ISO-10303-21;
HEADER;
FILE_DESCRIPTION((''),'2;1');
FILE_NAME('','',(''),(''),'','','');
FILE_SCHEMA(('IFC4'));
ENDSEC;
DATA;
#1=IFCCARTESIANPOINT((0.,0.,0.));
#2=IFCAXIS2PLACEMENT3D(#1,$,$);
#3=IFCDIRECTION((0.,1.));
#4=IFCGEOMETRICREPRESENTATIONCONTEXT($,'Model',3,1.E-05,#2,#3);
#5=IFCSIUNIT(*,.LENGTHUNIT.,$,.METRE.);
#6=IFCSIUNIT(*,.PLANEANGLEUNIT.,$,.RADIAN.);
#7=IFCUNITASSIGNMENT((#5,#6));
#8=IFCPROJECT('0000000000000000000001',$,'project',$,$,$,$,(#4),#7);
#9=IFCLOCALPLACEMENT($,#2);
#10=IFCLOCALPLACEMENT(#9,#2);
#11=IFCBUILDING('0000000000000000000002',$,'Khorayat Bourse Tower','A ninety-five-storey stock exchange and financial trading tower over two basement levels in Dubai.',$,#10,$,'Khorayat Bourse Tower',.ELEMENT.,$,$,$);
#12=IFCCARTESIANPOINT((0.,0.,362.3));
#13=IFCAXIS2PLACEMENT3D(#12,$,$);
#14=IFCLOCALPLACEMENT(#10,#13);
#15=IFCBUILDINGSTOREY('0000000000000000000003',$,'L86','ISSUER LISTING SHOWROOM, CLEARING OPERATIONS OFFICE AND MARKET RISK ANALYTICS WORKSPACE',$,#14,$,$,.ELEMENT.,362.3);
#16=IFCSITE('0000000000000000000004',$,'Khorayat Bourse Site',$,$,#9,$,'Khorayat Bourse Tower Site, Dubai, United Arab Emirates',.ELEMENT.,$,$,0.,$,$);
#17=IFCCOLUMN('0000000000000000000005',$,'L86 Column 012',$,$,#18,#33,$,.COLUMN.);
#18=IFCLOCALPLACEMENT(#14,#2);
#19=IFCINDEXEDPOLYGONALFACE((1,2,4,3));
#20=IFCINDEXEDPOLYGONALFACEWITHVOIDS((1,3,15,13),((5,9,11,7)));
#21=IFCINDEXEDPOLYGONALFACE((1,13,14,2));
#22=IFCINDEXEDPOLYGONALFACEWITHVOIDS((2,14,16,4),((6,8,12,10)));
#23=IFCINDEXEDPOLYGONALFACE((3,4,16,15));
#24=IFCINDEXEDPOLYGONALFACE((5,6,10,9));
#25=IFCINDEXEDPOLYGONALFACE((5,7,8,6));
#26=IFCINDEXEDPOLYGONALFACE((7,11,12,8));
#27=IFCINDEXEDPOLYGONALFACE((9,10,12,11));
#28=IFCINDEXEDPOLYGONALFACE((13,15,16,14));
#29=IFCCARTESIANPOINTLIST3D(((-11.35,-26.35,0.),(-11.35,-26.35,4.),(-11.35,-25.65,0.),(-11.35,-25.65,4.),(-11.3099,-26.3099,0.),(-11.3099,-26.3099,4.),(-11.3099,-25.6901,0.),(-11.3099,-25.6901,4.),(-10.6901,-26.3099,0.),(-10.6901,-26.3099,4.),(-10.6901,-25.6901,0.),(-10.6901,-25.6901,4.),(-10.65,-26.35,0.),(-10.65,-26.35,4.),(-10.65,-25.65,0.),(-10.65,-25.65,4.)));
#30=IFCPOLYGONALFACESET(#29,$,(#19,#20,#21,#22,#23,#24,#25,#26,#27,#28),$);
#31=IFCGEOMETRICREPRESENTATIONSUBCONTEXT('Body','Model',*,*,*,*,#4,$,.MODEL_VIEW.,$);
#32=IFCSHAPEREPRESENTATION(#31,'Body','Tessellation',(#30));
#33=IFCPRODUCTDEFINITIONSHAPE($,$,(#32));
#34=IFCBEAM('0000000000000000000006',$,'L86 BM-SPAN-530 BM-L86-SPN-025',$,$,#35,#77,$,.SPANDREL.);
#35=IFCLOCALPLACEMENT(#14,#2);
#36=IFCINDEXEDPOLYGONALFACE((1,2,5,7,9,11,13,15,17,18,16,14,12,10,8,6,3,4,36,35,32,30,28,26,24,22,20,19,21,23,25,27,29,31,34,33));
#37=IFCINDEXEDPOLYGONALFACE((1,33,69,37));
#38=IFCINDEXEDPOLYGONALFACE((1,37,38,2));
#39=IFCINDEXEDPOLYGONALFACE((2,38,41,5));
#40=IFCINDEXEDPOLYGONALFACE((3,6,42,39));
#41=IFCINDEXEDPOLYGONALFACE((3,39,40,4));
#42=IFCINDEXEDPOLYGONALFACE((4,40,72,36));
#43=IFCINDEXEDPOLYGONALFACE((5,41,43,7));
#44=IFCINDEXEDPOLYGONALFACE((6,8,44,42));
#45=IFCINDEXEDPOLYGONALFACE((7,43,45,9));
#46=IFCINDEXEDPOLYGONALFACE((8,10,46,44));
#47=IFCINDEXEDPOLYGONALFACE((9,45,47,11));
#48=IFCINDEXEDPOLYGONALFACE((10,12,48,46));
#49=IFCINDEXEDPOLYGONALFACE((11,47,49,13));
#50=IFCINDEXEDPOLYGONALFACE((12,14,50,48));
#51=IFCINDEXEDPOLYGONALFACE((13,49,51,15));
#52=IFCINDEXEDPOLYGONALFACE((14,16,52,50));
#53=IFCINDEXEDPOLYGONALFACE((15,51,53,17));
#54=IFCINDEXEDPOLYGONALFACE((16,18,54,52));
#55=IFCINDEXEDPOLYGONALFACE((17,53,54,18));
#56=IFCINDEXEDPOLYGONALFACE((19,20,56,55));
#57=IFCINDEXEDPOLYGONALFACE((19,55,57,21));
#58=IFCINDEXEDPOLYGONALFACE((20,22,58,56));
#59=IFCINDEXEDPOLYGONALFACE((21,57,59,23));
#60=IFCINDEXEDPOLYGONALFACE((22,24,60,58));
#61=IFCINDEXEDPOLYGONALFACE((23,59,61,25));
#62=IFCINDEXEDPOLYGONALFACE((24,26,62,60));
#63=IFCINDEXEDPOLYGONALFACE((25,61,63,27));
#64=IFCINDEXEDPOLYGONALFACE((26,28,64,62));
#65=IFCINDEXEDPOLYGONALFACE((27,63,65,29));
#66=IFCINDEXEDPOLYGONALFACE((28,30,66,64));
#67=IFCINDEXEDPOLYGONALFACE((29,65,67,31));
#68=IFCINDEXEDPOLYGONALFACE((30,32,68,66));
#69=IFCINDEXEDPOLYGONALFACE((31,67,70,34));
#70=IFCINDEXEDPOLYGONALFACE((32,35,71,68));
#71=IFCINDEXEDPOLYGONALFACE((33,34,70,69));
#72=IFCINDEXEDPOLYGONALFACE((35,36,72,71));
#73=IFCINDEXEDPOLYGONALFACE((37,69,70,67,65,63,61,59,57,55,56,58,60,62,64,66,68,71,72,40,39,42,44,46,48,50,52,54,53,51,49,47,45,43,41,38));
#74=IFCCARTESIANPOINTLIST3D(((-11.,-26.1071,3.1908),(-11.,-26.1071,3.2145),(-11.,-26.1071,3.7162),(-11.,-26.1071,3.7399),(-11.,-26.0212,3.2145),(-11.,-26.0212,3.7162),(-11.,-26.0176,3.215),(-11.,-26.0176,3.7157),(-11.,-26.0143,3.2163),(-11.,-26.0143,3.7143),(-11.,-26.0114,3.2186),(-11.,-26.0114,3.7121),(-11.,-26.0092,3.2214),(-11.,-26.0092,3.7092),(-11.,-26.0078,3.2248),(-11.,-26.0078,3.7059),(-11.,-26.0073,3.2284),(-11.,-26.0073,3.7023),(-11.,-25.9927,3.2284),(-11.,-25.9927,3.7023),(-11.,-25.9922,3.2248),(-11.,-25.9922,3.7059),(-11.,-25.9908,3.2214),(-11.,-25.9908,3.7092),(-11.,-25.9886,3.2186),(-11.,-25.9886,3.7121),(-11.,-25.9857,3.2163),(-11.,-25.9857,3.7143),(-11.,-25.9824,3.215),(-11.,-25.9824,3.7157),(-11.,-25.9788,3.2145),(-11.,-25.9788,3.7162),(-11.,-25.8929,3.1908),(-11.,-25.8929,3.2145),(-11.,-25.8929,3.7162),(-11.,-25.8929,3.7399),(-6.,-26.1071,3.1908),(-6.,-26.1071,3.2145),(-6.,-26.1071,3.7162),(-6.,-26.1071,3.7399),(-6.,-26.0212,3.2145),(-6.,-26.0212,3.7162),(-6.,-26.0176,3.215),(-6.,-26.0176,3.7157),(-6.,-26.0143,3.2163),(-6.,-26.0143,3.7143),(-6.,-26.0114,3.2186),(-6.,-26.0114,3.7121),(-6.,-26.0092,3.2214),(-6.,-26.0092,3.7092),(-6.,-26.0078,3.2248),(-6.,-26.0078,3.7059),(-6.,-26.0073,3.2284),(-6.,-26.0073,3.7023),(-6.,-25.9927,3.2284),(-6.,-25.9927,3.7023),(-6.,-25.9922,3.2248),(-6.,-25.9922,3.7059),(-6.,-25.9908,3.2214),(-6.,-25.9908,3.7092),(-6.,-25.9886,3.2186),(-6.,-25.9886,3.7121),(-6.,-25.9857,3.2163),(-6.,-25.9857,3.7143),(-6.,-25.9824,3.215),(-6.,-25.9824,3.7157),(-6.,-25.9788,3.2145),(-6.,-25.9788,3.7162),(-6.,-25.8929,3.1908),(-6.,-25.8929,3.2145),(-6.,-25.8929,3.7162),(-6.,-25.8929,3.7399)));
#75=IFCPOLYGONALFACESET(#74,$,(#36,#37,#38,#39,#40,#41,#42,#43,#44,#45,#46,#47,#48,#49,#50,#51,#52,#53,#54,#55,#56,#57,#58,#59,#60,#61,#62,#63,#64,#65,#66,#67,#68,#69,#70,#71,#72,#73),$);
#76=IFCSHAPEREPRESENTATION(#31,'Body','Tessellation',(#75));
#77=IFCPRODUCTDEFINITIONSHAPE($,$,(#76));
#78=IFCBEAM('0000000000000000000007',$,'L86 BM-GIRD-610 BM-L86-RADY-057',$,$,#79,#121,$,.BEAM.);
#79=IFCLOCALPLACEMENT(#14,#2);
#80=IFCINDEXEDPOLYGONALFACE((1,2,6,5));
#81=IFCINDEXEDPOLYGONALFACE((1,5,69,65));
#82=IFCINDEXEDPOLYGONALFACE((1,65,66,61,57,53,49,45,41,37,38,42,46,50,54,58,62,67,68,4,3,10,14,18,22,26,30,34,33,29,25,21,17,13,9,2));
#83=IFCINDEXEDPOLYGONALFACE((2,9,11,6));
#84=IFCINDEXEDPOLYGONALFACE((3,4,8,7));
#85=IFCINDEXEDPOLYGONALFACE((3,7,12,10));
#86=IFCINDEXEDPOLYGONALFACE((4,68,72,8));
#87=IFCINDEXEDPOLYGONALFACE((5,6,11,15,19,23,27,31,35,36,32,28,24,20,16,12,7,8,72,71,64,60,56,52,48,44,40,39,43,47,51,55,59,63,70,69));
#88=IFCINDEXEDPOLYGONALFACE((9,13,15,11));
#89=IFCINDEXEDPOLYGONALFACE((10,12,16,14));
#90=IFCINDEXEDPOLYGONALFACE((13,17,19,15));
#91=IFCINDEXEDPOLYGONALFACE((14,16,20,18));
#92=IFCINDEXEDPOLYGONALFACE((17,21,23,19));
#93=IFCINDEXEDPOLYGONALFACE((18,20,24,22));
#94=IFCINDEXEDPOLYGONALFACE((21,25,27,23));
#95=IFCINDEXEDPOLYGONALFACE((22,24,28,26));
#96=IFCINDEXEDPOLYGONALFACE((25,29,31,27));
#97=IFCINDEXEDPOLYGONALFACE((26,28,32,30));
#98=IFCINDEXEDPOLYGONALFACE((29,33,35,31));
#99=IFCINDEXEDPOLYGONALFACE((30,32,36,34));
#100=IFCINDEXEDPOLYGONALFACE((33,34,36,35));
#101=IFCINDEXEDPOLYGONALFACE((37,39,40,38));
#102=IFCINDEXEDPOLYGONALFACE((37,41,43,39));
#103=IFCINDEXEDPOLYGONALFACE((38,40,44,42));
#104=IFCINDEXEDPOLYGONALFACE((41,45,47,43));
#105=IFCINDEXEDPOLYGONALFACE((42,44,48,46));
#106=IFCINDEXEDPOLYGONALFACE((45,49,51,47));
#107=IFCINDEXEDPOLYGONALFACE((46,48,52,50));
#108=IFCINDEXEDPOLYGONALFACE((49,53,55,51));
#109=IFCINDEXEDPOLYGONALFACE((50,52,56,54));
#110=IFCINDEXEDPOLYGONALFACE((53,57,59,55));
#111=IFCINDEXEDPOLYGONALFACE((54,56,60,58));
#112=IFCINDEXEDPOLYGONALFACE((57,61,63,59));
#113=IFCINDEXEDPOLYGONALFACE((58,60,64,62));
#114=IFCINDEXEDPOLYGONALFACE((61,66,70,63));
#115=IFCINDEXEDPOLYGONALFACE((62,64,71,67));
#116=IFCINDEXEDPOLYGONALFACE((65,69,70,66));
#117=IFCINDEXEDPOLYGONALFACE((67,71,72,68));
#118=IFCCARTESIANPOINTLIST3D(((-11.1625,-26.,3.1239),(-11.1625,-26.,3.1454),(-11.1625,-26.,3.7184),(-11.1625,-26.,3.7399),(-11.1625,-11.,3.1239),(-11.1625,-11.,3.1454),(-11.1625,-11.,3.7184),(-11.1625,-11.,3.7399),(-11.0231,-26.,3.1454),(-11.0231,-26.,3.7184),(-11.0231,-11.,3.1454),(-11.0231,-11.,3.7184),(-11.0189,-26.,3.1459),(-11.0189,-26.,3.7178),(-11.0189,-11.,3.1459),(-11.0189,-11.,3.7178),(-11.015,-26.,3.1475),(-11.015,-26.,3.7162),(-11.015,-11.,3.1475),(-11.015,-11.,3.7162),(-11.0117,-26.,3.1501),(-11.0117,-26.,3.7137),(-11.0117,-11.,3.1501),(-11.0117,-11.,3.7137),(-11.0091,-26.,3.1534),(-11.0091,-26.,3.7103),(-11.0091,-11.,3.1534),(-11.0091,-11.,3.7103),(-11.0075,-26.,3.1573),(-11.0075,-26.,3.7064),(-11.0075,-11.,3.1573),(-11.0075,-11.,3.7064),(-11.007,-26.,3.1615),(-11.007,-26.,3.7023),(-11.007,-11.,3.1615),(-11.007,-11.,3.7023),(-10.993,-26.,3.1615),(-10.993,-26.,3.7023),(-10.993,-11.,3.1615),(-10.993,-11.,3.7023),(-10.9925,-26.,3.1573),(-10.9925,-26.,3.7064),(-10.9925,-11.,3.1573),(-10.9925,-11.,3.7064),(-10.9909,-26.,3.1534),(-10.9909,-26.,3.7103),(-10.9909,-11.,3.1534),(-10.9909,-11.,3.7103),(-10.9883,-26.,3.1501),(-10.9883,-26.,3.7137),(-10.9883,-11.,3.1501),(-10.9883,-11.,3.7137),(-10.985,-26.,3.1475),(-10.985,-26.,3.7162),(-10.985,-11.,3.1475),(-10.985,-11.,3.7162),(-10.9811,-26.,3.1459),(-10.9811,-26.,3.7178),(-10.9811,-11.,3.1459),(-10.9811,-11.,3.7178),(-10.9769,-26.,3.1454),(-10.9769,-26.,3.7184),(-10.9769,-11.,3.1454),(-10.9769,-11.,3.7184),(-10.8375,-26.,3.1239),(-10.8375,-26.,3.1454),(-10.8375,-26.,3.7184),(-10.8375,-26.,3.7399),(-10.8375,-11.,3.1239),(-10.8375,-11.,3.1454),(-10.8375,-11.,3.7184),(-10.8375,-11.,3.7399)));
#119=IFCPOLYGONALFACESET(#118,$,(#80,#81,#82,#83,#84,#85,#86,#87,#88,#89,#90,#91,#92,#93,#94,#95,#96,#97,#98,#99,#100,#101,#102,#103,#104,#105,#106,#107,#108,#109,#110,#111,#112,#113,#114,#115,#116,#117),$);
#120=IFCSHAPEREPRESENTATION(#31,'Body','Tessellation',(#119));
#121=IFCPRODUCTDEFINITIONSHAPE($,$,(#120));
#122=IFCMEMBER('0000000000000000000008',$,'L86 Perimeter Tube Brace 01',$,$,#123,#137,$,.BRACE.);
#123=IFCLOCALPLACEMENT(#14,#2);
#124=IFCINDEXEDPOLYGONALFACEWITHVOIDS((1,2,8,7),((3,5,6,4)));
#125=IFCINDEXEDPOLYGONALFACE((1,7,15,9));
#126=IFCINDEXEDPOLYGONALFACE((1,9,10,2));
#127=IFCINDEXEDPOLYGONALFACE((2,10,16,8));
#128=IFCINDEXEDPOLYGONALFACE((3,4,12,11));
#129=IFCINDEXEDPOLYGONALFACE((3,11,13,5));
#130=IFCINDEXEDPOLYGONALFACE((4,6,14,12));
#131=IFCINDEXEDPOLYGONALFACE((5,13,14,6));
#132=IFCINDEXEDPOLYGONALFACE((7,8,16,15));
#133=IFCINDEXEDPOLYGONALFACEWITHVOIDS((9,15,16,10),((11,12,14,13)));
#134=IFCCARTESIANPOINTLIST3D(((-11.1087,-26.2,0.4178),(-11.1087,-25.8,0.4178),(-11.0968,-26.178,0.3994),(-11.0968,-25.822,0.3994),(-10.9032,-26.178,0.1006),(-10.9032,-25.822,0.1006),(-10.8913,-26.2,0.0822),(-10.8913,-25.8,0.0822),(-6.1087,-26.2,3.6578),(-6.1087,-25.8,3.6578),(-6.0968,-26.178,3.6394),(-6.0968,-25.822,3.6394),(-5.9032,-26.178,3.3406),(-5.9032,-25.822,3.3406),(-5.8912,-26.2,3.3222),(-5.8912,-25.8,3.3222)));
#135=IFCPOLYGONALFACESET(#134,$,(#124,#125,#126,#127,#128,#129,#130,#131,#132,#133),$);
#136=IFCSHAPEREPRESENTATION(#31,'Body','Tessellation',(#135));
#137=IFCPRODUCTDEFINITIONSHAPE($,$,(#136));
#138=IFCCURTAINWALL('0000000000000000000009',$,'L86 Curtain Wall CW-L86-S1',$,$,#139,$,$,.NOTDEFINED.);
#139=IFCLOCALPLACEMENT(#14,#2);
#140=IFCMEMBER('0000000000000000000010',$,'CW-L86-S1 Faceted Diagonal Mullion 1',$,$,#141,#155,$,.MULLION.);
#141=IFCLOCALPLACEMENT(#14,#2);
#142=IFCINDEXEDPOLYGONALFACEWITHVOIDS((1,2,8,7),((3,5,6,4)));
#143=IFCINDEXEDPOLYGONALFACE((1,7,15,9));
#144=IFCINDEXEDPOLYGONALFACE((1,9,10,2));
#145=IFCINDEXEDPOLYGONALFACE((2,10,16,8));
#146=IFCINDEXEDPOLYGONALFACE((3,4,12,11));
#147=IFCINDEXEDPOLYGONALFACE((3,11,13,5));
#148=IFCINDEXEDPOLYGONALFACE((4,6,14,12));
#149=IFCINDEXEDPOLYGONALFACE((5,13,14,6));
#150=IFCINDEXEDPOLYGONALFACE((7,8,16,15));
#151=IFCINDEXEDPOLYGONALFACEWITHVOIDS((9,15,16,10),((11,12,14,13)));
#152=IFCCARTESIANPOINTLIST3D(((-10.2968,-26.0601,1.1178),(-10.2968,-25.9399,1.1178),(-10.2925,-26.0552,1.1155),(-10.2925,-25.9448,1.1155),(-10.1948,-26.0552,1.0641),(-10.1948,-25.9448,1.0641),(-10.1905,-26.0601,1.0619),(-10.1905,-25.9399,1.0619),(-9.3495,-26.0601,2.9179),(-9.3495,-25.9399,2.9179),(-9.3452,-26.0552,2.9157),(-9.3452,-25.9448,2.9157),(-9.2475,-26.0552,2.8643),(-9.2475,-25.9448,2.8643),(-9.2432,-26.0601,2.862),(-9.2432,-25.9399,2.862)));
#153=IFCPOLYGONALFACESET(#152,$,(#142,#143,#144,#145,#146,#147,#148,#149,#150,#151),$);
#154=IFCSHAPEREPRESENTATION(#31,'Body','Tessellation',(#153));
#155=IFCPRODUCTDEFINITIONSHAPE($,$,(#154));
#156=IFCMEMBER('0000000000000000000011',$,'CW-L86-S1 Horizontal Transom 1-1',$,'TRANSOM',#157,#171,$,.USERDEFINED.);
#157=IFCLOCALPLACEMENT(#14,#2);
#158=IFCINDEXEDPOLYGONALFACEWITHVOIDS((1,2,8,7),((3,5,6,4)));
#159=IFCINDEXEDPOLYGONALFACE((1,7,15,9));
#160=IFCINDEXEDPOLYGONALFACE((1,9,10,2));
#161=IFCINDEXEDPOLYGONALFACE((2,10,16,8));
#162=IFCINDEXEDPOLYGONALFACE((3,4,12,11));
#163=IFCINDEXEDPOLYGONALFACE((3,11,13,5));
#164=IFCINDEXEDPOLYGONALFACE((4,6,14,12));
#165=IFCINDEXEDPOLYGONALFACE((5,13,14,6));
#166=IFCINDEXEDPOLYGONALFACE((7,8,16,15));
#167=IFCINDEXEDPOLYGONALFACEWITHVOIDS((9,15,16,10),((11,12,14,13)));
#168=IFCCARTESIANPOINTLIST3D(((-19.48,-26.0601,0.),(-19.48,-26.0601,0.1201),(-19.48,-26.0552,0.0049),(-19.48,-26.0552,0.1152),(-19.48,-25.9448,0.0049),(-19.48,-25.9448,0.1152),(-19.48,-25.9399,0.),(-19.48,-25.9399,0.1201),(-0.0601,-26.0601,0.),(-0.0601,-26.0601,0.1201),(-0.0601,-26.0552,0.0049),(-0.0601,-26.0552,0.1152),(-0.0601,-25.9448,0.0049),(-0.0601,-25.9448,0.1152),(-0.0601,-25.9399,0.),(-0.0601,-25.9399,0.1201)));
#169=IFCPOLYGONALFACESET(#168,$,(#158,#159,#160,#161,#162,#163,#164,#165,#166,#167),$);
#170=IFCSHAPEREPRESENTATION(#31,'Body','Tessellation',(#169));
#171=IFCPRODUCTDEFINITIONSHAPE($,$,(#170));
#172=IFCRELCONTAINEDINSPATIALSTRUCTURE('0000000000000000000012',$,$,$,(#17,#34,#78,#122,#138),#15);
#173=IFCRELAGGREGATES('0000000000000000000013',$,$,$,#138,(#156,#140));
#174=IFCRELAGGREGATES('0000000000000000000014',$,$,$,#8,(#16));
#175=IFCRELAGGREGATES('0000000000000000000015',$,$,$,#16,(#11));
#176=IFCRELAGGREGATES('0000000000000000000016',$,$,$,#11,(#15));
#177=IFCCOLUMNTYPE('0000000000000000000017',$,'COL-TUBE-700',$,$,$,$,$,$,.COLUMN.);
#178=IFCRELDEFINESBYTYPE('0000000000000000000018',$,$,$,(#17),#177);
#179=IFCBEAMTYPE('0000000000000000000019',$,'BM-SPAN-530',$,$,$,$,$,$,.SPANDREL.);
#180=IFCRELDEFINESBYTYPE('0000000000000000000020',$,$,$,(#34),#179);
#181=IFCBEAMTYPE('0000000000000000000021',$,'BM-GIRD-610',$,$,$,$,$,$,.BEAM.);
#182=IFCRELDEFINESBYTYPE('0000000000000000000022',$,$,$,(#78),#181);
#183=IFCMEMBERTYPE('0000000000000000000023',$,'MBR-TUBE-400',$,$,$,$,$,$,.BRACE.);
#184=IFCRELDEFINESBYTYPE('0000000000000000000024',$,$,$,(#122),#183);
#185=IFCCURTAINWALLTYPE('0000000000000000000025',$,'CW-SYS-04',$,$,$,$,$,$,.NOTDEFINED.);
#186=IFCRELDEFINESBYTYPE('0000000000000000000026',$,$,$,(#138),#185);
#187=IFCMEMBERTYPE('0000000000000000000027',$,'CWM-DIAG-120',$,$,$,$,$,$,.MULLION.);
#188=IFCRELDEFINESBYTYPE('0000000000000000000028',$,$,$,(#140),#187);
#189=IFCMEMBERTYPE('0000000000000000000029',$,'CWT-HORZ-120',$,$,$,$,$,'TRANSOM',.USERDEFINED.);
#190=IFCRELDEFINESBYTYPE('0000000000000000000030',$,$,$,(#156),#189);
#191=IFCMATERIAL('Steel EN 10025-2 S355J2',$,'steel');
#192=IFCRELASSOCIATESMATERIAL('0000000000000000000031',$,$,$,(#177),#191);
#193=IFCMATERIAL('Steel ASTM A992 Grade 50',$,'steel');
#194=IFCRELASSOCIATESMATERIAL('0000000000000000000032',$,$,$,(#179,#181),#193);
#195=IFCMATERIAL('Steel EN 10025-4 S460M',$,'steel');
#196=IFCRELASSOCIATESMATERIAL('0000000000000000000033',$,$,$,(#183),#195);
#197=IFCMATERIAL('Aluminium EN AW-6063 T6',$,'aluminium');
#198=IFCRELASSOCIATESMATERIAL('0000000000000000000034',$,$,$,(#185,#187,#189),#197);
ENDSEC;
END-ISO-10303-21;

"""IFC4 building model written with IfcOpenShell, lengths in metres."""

from ifc_helpers import new_model, si_unit, direction, frame, origin, origin_2d, place, context, subcontext, project, spatial, hollow_rectangle, i_section, extrude, source, transform, mapped, material, material_profile, profile_set, type_object, element, aggregate, save


model = new_model("IFC4")

# Units and contexts
model_context = context("Model", 3, precision=1e-05, world=origin(), true_north=direction((0.0, 1.0)))
body_context = subcontext(model_context, "Body", "Model", "MODEL_VIEW")
ifc_project = project(units=[si_unit("LENGTHUNIT", "METRE"), si_unit("PLANEANGLEUNIT", "RADIAN")], contexts=[model_context])

# Site, building, storey
site_placement = place(None, origin())
site = spatial("IfcSite", under=ifc_project, at=site_placement, Name="Khorayat Bourse Site", LongName="Khorayat Bourse Tower Site, Dubai, United Arab Emirates", CompositionType="ELEMENT", RefElevation=0.0)
building_placement = place(site_placement, origin())
building = spatial("IfcBuilding", under=site, at=building_placement, Name="Khorayat Bourse Tower", Description="A ninety-five-storey stock exchange and financial trading tower over two basement levels in Dubai.", LongName="Khorayat Bourse Tower", CompositionType="ELEMENT")
storey_placement = place(building_placement, frame((0.0, 0.0, 362.3)))
storey = spatial("IfcBuildingStorey", under=building, at=storey_placement, Name="L86", Description="ISSUER LISTING SHOWROOM, CLEARING OPERATIONS OFFICE AND MARKET RISK ANALYTICS WORKSPACE", CompositionType="ELEMENT", Elevation=362.3)

# Column
ifc_material_1 = material(Name="Steel EN 10025-2 S355J2", Category="steel")
ifc_material_profile_1 = material_profile(ifc_material_1, hollow_rectangle(XDim=0.7, YDim=0.7, WallThickness=0.04, at=origin_2d()), Name="BOX 700x700x40")
ifc_profile_set_1 = profile_set([ifc_material_profile_1], Name="Steel EN 10025-2 S355J2")
column_type = type_object("IfcColumnType", Name="COL-TUBE-700", PredefinedType="COLUMN", material=ifc_profile_set_1)
shared_shape_1 = source(origin(), body_context, "Body", "SweptSolid", [
    extrude(hollow_rectangle(XDim=0.7, YDim=0.7, WallThickness=0.04, at=origin_2d()), origin(), (0.0, 0.0, 1.0), 4.0),
])
column_placement = place(storey_placement, frame((-11.0, -26.0, 0.0), z_axis=(0.0, 0.0, 1.0), x_axis=(1.0, 0.0, 0.0)))
element("IfcColumn", 1, at=column_placement, inside=storey, type_object=column_type, Name="L86 Column 012", PredefinedType="COLUMN", context=body_context, shape_type="MappedRepresentation", body=[
    mapped(shared_shape_1, transform((0.0, 0.0, 0.0), scale=1.0)),
])

# Beams
ifc_material_2 = material(Name="Steel ASTM A992 Grade 50", Category="steel")
ifc_material_profile_2 = material_profile(ifc_material_2, i_section(OverallWidth=0.2141, OverallDepth=0.5491, WebThickness=0.0146, FlangeThickness=0.0237, FilletRadius=0.0139, at=origin_2d()), Name="W530X138")
ifc_profile_set_2 = profile_set([ifc_material_profile_2], Name="Steel ASTM A992 Grade 50")
beam_type_1 = type_object("IfcBeamType", Name="BM-SPAN-530", PredefinedType="SPANDREL", material=ifc_profile_set_2)
shared_shape_2 = source(origin(), body_context, "Body", "SweptSolid", [
    extrude(i_section(OverallWidth=0.2141, OverallDepth=0.5491, WebThickness=0.0146, FlangeThickness=0.0237, FilletRadius=0.0139, at=origin_2d()), origin(), (0.0, 0.0, 1.0), 5.0),
])
beam_1_placement = place(storey_placement, frame((-11.0, -26.0, 3.4653), z_axis=(1.0, 0.0, 0.0), x_axis=(0.0, 1.0, 0.0)))
element("IfcBeam", 2, at=beam_1_placement, inside=storey, type_object=beam_type_1, Name="L86 BM-SPAN-530 BM-L86-SPN-025", PredefinedType="SPANDREL", context=body_context, shape_type="MappedRepresentation", body=[
    mapped(shared_shape_2, transform((0.0, 0.0, 0.0), scale=1.0)),
])
ifc_material_profile_3 = material_profile(ifc_material_2, i_section(OverallWidth=0.325, OverallDepth=0.616, WebThickness=0.0139, FlangeThickness=0.0215, FilletRadius=0.0161, at=origin_2d()), Name="W610X174")
ifc_profile_set_3 = profile_set([ifc_material_profile_3], Name="Steel ASTM A992 Grade 50")
beam_type_2 = type_object("IfcBeamType", Name="BM-GIRD-610", PredefinedType="BEAM", material=ifc_profile_set_3)
shared_shape_3 = source(origin(), body_context, "Body", "SweptSolid", [
    extrude(i_section(OverallWidth=0.325, OverallDepth=0.616, WebThickness=0.0139, FlangeThickness=0.0215, FilletRadius=0.0161, at=origin_2d()), origin(), (0.0, 0.0, 1.0), 15.0),
])
beam_2_placement = place(storey_placement, frame((-11.0, -26.0, 3.4319), z_axis=(0.0, 1.0, 0.0), x_axis=(-1.0, 0.0, 0.0)))
element("IfcBeam", 3, at=beam_2_placement, inside=storey, type_object=beam_type_2, Name="L86 BM-GIRD-610 BM-L86-RADY-057", PredefinedType="BEAM", context=body_context, shape_type="MappedRepresentation", body=[
    mapped(shared_shape_3, transform((0.0, 0.0, 0.0), scale=1.0)),
])

# Member
ifc_material_3 = material(Name="Steel EN 10025-4 S460M", Category="steel")
ifc_material_profile_4 = material_profile(ifc_material_3, hollow_rectangle(XDim=0.3999, YDim=0.3999, WallThickness=0.022, at=origin_2d()), Name="HSS 400x400x22")
ifc_profile_set_4 = profile_set([ifc_material_profile_4], Name="Steel EN 10025-4 S460M")
member_type_1 = type_object("IfcMemberType", Name="MBR-TUBE-400", PredefinedType="BRACE", material=ifc_profile_set_4)
shared_shape_4 = source(origin(), body_context, "Body", "SweptSolid", [
    extrude(hollow_rectangle(XDim=0.3999, YDim=0.3999, WallThickness=0.022, at=origin_2d()), origin(), (0.0, 0.0, 1.0), 5.958),
])
member_1_placement = place(storey_placement, frame((-11.0, -26.0, 0.25), z_axis=(0.83921, 0.0, 0.543807), x_axis=(0.0, 1.0, 0.0)))
element("IfcMember", 4, at=member_1_placement, inside=storey, type_object=member_type_1, Name="L86 Perimeter Tube Brace 01", PredefinedType="BRACE", context=body_context, shape_type="MappedRepresentation", body=[
    mapped(shared_shape_4, transform((0.0, 0.0, 0.0), scale=1.0)),
])

# Curtain wall, members
ifc_material_4 = material(Name="Aluminium EN AW-6063 T6", Category="aluminium")
curtain_wall_type = type_object("IfcCurtainWallType", Name="CW-SYS-04", PredefinedType="NOTDEFINED", material=ifc_material_4)
curtain_wall_placement = place(storey_placement, origin())
curtain_wall = element("IfcCurtainWall", 5, at=curtain_wall_placement, inside=storey, type_object=curtain_wall_type, Name="L86 Curtain Wall CW-L86-S1", PredefinedType="NOTDEFINED")
ifc_material_profile_5 = material_profile(ifc_material_4, hollow_rectangle(XDim=0.1201, YDim=0.1201, WallThickness=0.0049, at=origin_2d()), Name="ALU 120x120x5")
ifc_profile_set_5 = profile_set([ifc_material_profile_5], Name="Aluminium EN AW-6063 T6")
member_type_2 = type_object("IfcMemberType", Name="CWM-DIAG-120", PredefinedType="MULLION", material=ifc_profile_set_5)
shared_shape_5 = source(origin(), body_context, "Body", "SweptSolid", [
    extrude(hollow_rectangle(XDim=0.1201, YDim=0.1201, WallThickness=0.0049, at=origin_2d()), origin(), (0.0, 0.0, 1.0), 2.0342),
])
member_2_placement = place(storey_placement, frame((-10.2437, -26.0, 1.0898), z_axis=(0.465697, 0.0, 0.884944), x_axis=(0.0, 1.0, 0.0)))
member_2 = element("IfcMember", 6, at=member_2_placement, type_object=member_type_2, Name="CW-L86-S1 Faceted Diagonal Mullion 1", PredefinedType="MULLION", context=body_context, shape_type="MappedRepresentation", body=[
    mapped(shared_shape_5, transform((0.0, 0.0, 0.0), scale=1.0)),
])
ifc_material_profile_6 = material_profile(ifc_material_4, hollow_rectangle(XDim=0.1201, YDim=0.1201, WallThickness=0.0049, at=origin_2d()), Name="ALU 120x120x5")
ifc_profile_set_6 = profile_set([ifc_material_profile_6], Name="Aluminium EN AW-6063 T6")
member_type_3 = type_object("IfcMemberType", Name="CWT-HORZ-120", ElementType="TRANSOM", PredefinedType="USERDEFINED", material=ifc_profile_set_6)
shared_shape_6 = source(origin(), body_context, "Body", "SweptSolid", [
    extrude(hollow_rectangle(XDim=0.1201, YDim=0.1201, WallThickness=0.0049, at=origin_2d()), origin(), (0.0, 0.0, 1.0), 19.4199),
])
member_3_placement = place(storey_placement, frame((-19.48, -26.0, 0.0601), z_axis=(1.0, 0.0, 0.0), x_axis=(0.0, 1.0, 0.0)))
member_3 = element("IfcMember", 7, at=member_3_placement, type_object=member_type_3, Name="CW-L86-S1 Horizontal Transom 1-1", ObjectType="TRANSOM", PredefinedType="USERDEFINED", context=body_context, shape_type="MappedRepresentation", body=[
    mapped(shared_shape_6, transform((0.0, 0.0, 0.0), scale=1.0)),
])

aggregate(curtain_wall, [member_3, member_2])

save(model, "model.ifc")
